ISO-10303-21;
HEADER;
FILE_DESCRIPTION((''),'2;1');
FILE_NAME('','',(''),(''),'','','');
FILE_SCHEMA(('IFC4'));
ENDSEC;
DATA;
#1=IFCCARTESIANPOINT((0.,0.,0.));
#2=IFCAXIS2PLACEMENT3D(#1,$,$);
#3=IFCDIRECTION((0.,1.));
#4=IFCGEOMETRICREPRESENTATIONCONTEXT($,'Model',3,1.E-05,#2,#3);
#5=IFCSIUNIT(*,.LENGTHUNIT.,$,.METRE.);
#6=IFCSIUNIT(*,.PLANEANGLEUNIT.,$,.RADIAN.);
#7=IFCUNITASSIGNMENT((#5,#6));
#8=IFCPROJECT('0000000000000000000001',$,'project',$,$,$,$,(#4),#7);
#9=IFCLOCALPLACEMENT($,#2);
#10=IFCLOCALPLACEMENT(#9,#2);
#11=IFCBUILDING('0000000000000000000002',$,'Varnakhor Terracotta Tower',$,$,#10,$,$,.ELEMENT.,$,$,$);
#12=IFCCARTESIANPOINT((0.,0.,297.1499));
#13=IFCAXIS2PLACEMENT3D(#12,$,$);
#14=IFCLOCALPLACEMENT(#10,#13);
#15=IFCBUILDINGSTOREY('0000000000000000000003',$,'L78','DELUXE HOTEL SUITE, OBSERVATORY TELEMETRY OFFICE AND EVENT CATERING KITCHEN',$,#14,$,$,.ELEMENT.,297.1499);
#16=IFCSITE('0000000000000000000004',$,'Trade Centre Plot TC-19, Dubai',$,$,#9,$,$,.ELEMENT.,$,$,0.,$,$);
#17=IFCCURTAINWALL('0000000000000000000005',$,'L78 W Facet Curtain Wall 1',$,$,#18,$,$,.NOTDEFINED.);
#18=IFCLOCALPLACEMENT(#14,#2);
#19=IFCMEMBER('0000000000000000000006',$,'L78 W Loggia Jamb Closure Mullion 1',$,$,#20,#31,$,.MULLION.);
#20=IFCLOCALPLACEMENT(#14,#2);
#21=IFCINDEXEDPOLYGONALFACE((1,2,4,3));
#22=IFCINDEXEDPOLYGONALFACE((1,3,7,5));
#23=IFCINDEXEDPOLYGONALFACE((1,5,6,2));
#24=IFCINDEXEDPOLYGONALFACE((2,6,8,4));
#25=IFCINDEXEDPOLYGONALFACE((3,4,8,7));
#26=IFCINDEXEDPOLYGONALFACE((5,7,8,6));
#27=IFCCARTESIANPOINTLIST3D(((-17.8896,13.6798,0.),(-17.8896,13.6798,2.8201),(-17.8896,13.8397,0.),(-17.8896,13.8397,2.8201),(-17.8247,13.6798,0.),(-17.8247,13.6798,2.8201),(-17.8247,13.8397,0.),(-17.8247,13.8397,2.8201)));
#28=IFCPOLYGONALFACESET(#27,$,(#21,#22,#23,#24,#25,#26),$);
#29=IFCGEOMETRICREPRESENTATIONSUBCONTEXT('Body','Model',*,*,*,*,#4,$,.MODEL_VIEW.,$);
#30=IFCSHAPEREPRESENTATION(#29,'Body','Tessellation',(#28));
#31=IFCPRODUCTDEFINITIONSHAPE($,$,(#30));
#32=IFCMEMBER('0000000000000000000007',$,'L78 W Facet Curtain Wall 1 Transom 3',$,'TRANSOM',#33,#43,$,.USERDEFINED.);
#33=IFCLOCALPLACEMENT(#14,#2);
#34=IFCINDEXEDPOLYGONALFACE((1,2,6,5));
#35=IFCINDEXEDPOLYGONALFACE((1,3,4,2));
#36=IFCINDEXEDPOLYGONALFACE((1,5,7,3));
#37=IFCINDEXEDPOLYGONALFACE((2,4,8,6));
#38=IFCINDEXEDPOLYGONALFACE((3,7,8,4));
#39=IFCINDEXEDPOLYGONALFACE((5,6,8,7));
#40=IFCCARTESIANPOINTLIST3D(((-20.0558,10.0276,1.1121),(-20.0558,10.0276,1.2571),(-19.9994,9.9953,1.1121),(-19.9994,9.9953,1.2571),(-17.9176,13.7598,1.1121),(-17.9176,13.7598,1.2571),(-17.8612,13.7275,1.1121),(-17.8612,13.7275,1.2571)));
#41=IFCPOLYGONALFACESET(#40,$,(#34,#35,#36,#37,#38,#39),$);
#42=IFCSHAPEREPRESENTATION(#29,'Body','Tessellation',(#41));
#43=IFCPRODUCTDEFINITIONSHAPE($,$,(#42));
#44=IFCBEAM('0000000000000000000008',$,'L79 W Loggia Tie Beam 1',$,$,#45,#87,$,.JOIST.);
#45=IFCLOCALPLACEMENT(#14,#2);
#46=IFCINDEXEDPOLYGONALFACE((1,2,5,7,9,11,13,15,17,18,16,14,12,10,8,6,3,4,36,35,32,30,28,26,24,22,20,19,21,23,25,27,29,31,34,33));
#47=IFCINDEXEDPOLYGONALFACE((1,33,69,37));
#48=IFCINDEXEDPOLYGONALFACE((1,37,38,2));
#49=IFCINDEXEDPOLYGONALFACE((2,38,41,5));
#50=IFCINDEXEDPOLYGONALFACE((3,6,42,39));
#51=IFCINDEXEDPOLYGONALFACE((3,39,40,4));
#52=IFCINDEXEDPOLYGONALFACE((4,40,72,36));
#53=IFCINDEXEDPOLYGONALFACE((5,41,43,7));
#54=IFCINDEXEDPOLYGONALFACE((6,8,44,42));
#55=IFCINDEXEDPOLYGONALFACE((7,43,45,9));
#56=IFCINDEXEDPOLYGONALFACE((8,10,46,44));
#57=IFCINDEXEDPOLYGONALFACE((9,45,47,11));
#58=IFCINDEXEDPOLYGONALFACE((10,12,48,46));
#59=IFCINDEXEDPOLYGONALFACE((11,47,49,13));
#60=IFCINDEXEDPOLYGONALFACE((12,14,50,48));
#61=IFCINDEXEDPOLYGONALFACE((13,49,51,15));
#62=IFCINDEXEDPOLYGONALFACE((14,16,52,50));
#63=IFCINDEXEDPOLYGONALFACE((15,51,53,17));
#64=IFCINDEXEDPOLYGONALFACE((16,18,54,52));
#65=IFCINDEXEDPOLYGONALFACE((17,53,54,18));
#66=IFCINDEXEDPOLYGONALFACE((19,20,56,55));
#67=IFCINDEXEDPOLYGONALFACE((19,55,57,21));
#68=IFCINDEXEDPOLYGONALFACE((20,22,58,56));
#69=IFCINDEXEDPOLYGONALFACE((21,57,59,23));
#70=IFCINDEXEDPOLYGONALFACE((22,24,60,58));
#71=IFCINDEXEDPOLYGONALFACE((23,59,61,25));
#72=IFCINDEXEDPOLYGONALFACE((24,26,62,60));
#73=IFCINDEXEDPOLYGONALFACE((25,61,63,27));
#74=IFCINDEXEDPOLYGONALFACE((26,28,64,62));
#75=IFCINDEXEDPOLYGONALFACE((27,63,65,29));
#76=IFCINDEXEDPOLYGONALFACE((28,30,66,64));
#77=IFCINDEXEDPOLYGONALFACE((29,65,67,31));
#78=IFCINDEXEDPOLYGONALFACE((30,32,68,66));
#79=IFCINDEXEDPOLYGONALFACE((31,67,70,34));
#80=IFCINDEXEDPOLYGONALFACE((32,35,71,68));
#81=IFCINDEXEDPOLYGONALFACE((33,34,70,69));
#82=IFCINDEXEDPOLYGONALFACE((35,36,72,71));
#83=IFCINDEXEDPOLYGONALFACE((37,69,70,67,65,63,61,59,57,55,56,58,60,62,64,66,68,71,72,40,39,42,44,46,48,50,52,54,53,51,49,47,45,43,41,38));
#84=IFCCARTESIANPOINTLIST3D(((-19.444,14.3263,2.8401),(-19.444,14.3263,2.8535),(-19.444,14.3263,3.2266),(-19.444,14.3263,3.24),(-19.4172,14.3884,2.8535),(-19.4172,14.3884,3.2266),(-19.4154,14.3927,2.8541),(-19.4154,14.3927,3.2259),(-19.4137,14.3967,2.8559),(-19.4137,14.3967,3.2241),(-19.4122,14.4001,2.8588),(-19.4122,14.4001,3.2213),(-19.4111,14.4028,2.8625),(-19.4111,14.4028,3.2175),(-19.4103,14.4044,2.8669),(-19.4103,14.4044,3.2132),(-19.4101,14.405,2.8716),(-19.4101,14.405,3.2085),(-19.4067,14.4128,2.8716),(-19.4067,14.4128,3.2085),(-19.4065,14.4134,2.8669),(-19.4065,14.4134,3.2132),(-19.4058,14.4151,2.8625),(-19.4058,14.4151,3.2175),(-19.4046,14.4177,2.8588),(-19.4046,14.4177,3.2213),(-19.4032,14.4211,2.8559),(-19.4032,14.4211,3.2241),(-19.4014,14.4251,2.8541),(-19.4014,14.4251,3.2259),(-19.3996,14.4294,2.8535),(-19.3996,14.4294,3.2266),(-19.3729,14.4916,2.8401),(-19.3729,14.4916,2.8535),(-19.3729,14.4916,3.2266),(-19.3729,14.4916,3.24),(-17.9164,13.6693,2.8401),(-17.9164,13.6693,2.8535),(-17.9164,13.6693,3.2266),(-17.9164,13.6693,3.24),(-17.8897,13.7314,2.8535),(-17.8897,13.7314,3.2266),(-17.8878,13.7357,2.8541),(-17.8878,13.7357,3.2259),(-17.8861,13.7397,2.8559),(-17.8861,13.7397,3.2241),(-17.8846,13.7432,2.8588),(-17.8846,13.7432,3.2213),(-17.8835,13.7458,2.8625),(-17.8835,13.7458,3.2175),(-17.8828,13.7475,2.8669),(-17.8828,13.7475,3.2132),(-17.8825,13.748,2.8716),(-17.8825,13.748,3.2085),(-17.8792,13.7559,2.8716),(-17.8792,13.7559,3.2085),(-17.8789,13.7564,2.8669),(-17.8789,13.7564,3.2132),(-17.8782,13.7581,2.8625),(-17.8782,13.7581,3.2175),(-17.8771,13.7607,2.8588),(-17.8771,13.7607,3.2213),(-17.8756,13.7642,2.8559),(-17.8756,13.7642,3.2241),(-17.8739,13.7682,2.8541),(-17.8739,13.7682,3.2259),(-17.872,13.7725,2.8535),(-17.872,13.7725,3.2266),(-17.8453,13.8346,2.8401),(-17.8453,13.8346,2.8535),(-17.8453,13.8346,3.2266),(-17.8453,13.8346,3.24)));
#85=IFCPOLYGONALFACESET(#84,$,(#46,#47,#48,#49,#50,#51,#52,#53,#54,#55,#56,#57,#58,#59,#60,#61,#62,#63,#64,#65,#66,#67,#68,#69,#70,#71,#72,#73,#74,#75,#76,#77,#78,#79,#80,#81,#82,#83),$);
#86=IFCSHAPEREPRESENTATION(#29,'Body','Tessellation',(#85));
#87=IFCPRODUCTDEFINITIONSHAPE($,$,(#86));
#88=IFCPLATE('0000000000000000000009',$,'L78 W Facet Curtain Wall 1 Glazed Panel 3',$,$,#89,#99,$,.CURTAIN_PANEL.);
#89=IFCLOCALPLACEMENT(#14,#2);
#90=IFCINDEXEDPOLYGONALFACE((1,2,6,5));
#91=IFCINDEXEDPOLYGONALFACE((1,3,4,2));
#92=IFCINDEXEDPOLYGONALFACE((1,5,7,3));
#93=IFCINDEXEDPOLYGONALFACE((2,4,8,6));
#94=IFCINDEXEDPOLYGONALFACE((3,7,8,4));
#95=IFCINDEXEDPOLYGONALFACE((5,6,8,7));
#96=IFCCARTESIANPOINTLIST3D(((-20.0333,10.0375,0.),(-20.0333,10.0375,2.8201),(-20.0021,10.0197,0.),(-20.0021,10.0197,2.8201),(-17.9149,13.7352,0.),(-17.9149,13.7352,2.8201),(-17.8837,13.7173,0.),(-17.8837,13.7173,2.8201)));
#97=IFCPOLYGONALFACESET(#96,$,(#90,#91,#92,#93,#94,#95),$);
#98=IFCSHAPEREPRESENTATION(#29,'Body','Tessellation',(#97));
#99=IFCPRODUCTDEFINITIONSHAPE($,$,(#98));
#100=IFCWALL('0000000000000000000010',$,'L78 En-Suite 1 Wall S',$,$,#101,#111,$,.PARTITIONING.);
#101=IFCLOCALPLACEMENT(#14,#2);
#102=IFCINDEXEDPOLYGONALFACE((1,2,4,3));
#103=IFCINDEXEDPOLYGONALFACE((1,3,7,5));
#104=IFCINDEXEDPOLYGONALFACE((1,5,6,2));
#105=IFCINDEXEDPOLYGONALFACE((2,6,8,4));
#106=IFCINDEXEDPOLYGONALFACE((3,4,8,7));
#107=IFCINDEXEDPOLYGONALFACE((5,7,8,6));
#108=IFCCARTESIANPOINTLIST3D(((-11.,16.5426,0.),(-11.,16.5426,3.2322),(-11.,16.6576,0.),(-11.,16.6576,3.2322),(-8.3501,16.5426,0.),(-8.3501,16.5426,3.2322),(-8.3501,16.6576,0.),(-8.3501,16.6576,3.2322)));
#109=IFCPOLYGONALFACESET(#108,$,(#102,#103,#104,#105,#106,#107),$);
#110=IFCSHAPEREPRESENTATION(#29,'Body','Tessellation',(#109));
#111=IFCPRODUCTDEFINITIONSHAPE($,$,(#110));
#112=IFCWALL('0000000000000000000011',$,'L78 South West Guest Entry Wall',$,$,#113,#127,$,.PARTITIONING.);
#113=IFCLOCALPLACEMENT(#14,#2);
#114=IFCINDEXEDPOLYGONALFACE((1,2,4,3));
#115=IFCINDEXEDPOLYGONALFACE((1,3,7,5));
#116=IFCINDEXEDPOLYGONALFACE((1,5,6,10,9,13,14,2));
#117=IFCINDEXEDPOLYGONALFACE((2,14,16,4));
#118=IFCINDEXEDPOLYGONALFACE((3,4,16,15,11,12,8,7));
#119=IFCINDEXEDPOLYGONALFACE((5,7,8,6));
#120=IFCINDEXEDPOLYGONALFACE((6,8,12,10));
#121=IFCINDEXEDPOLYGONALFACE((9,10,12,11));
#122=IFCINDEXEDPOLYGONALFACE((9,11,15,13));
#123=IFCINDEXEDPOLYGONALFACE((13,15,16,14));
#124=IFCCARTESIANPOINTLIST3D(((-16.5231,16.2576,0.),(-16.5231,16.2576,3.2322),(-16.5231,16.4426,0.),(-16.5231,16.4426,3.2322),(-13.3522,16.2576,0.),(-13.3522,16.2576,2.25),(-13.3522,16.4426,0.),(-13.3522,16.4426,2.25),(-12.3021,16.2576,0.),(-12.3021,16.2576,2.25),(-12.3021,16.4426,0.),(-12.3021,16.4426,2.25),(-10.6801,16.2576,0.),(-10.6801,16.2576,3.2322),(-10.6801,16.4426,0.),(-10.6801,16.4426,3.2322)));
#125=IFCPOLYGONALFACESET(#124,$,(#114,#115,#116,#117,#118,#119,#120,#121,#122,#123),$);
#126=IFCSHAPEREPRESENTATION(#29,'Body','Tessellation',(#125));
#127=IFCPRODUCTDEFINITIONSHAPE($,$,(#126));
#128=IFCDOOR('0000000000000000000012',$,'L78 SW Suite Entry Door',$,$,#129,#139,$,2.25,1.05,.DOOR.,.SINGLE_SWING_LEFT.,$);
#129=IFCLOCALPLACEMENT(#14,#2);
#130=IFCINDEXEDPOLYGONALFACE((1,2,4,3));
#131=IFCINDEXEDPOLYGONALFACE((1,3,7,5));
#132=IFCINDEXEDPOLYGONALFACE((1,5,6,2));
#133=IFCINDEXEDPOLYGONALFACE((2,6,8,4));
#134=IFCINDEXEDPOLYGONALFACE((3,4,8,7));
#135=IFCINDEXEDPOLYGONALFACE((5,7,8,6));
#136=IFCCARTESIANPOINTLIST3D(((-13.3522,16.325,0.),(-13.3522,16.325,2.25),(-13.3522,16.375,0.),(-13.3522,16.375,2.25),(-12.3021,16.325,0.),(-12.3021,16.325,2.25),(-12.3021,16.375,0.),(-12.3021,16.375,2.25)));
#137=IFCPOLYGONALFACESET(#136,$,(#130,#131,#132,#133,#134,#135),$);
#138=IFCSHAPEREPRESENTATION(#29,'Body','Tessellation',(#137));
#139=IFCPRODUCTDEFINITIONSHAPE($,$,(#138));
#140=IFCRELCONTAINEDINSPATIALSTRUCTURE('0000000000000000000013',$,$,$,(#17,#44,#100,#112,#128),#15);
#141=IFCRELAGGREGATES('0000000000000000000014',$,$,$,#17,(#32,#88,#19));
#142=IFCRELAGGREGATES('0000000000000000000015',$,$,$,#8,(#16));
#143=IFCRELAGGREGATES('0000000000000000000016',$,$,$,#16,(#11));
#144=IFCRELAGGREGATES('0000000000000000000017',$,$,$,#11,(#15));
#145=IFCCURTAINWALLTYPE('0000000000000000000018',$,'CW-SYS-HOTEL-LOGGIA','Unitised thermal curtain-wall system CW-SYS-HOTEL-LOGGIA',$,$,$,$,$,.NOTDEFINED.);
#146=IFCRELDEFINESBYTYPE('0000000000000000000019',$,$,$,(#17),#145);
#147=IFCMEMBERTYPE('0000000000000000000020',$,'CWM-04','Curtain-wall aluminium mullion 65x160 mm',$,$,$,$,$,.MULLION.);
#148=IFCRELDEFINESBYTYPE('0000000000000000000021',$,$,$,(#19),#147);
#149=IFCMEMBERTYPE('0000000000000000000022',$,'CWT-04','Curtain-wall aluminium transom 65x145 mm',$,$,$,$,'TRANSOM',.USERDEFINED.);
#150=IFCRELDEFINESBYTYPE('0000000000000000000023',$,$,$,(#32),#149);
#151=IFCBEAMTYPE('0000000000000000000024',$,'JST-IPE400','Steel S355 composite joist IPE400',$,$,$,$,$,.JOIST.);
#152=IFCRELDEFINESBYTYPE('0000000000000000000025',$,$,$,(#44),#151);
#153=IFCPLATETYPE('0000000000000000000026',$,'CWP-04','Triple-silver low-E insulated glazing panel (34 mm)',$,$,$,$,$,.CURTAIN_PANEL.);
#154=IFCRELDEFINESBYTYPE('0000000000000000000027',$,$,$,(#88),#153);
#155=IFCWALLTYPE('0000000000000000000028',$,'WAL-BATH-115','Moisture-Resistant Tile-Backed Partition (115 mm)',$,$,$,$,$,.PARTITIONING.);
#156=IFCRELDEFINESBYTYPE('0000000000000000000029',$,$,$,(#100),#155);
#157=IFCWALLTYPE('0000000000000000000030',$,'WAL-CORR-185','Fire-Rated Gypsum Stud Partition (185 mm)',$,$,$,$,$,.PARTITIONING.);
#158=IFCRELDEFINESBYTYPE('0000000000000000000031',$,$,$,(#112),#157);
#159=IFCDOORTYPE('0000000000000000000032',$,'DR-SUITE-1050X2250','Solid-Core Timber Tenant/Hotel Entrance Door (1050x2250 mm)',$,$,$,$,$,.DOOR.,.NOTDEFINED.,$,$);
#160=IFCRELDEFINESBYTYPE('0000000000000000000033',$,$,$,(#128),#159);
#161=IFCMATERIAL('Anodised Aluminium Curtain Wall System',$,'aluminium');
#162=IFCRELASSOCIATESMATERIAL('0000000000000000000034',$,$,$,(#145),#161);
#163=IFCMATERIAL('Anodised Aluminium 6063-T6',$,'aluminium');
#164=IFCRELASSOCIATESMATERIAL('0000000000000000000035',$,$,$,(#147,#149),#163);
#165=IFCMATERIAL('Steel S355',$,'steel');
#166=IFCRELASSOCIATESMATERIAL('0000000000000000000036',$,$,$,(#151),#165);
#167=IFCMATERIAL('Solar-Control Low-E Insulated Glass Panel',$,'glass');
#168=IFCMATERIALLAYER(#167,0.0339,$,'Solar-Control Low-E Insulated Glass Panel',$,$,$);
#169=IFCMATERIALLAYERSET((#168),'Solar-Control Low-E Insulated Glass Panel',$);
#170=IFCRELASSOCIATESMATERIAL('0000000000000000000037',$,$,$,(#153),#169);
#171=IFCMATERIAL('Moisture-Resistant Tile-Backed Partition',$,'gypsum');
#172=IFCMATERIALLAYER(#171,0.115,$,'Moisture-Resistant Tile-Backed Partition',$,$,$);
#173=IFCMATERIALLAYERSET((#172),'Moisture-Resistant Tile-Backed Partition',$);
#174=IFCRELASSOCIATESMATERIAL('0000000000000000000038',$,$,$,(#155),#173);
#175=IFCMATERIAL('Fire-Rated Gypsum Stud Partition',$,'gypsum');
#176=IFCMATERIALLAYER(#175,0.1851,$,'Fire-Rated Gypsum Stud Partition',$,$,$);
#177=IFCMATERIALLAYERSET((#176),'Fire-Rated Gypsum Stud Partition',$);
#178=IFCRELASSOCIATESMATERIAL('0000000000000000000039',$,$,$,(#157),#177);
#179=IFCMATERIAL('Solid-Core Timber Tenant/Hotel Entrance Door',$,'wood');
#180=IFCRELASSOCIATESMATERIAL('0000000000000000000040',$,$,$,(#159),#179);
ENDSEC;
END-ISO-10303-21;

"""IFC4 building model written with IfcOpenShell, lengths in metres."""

from ifc_helpers import new_model, si_unit, direction, frame, frame_2d, origin, origin_2d, place, context, subcontext, project, spatial, rectangle, i_section, extrude, source, transform, mapped, material, layer, layer_set, material_profile, profile_set, type_object, type_shapes, element, fill, aggregate, save


model = new_model("IFC4")

# Units and contexts
model_context = context("Model", 3, precision=1e-05, world=origin(), true_north=direction((0.0, 1.0)))
body_context = subcontext(model_context, "Body", "Model", "MODEL_VIEW")
ifc_project = project(units=[si_unit("LENGTHUNIT", "METRE"), si_unit("PLANEANGLEUNIT", "RADIAN")], contexts=[model_context])

# Site, building, storey
site_placement = place(None, origin())
site = spatial("IfcSite", under=ifc_project, at=site_placement, Name="Trade Centre Plot TC-19, Dubai", CompositionType="ELEMENT", RefElevation=0.0)
building_placement = place(site_placement, origin())
building = spatial("IfcBuilding", under=site, at=building_placement, Name="Varnakhor Terracotta Tower", CompositionType="ELEMENT")
storey_placement = place(building_placement, frame((0.0, 0.0, 297.1499)))
storey = spatial("IfcBuildingStorey", under=building, at=storey_placement, Name="L78", Description="DELUXE HOTEL SUITE, OBSERVATORY TELEMETRY OFFICE AND EVENT CATERING KITCHEN", CompositionType="ELEMENT", Elevation=297.1499)

# Shared definitions
ifc_material_1 = material(Name="Steel S355", Category="steel")

# Curtain wall, members
ifc_material_2 = material(Name="Anodised Aluminium Curtain Wall System", Category="aluminium")
curtain_wall_type = type_object("IfcCurtainWallType", Name="CW-SYS-HOTEL-LOGGIA", Description="Unitised thermal curtain-wall system CW-SYS-HOTEL-LOGGIA", PredefinedType="NOTDEFINED", material=ifc_material_2)
curtain_wall_placement = place(storey_placement, origin())
curtain_wall = element("IfcCurtainWall", 1, at=curtain_wall_placement, inside=storey, type_object=curtain_wall_type, Name="L78 W Facet Curtain Wall 1", PredefinedType="NOTDEFINED")
ifc_material_3 = material(Name="Anodised Aluminium 6063-T6", Category="aluminium")
ifc_material_profile_1 = material_profile(ifc_material_3, rectangle(XDim=0.0649, YDim=0.1599, at=origin_2d()), Name="ALU MULLION 65x160")
ifc_profile_set_1 = profile_set([ifc_material_profile_1], Name="Anodised Aluminium 6063-T6")
member_type_1 = type_object("IfcMemberType", Name="CWM-04", Description="Curtain-wall aluminium mullion 65x160 mm", PredefinedType="MULLION", material=ifc_profile_set_1)
shared_shape_1 = source(origin(), body_context, "Body", "SweptSolid", [
    extrude(rectangle(XDim=0.0649, YDim=0.1599, at=origin_2d()), origin(), (0.0, 0.0, 1.0), 2.8201),
])
type_shapes(member_type_1, [shared_shape_1])
member_1_placement = place(storey_placement, frame((-17.8572, 13.7598, 0.0), z_axis=(0.0, 0.0, 1.0), x_axis=(1.0, 0.0, 0.0)))
member_1 = element("IfcMember", 2, at=member_1_placement, type_object=member_type_1, Name="L78 W Loggia Jamb Closure Mullion 1", PredefinedType="MULLION", context=body_context, shape_type="MappedRepresentation", body=[
    mapped(shared_shape_1, transform((0.0, 0.0, 0.0), scale=1.0)),
])
ifc_material_profile_2 = material_profile(ifc_material_3, rectangle(XDim=0.0649, YDim=0.145, at=origin_2d()), Name="ALU TRANSOM 65x145")
ifc_profile_set_2 = profile_set([ifc_material_profile_2], Name="Anodised Aluminium 6063-T6")
member_type_2 = type_object("IfcMemberType", Name="CWT-04", Description="Curtain-wall aluminium transom 65x145 mm", ElementType="TRANSOM", PredefinedType="USERDEFINED", material=ifc_profile_set_2)
shared_shape_2 = source(origin(), body_context, "Body", "SweptSolid", [
    extrude(rectangle(XDim=0.0649, YDim=0.145, at=origin_2d()), origin(), (0.0, 0.0, 1.0), 4.3013),
])
member_2_placement = place(storey_placement, frame((-20.0276, 10.0115, 1.1846), z_axis=(0.497104, 0.867691, 0.0), x_axis=(-0.867691, 0.497104, 0.0)))
member_2 = element("IfcMember", 3, at=member_2_placement, type_object=member_type_2, Name="L78 W Facet Curtain Wall 1 Transom 3", ObjectType="TRANSOM", PredefinedType="USERDEFINED", context=body_context, shape_type="MappedRepresentation", body=[
    mapped(shared_shape_2, transform((0.0, 0.0, 0.0), scale=1.0)),
])

# Beam
ifc_material_profile_3 = material_profile(ifc_material_1, i_section(OverallWidth=0.1799, OverallDepth=0.3999, WebThickness=0.0085, FlangeThickness=0.0134, FilletRadius=0.0181, at=origin_2d()), Name="IPE400")
ifc_profile_set_3 = profile_set([ifc_material_profile_3], Name="Steel S355")
beam_type_1 = type_object("IfcBeamType", Name="JST-IPE400", Description="Steel S355 composite joist IPE400", PredefinedType="JOIST", material=ifc_profile_set_3)
shared_shape_3 = source(origin(), body_context, "Body", "SweptSolid", [
    extrude(i_section(OverallWidth=0.1799, OverallDepth=0.3999, WebThickness=0.0085, FlangeThickness=0.0134, FilletRadius=0.0181, at=origin_2d()), origin(), (0.0, 0.0, 1.0), 1.6628),
])
beam_1_placement = place(storey_placement, frame((-17.8809, 13.752, 3.04), z_axis=(-0.918643, 0.395088, 0.0), x_axis=(-0.395088, -0.918643, 0.0)))
element("IfcBeam", 4, at=beam_1_placement, inside=storey, type_object=beam_type_1, Name="L79 W Loggia Tie Beam 1", PredefinedType="JOIST", context=body_context, shape_type="MappedRepresentation", body=[
    mapped(shared_shape_3, transform((0.0, 0.0, 0.0), scale=1.0)),
])

# Plate
ifc_material_4 = material(Name="Solar-Control Low-E Insulated Glass Panel", Category="glass")
ifc_layer_1 = layer(ifc_material_4, 0.0339, Name="Solar-Control Low-E Insulated Glass Panel")
ifc_layer_set_1 = layer_set([ifc_layer_1], Name="Solar-Control Low-E Insulated Glass Panel")
plate_type = type_object("IfcPlateType", Name="CWP-04", Description="Triple-silver low-E insulated glazing panel (34 mm)", PredefinedType="CURTAIN_PANEL", material=ifc_layer_set_1)
shared_shape_4 = source(origin(), body_context, "Body", "SweptSolid", [
    extrude(rectangle(XDim=4.2615, YDim=0.0359, at=origin_2d()), origin(), (0.0, 0.0, 1.0), 2.8201),
])
plate_placement = place(storey_placement, frame((-18.9585, 11.8774, 0.0), z_axis=(0.0, 0.0, 1.0), x_axis=(0.49711, 0.867687, 0.0)))
plate = element("IfcPlate", 5, at=plate_placement, type_object=plate_type, Name="L78 W Facet Curtain Wall 1 Glazed Panel 3", PredefinedType="CURTAIN_PANEL", context=body_context, shape_type="MappedRepresentation", body=[
    mapped(shared_shape_4, transform((0.0, 0.0, 0.0), scale=1.0)),
])
aggregate(curtain_wall, [member_2, plate, member_1])

# Wall
ifc_material_5 = material(Name="Moisture-Resistant Tile-Backed Partition", Category="gypsum")
ifc_layer_2 = layer(ifc_material_5, 0.115, Name="Moisture-Resistant Tile-Backed Partition")
ifc_layer_set_2 = layer_set([ifc_layer_2], Name="Moisture-Resistant Tile-Backed Partition")
wall_type_1 = type_object("IfcWallType", Name="WAL-BATH-115", Description="Moisture-Resistant Tile-Backed Partition (115 mm)", PredefinedType="PARTITIONING", material=ifc_layer_set_2)
wall_1_placement = place(storey_placement, frame((-11.0, 16.6001, 0.0), z_axis=(0.0, 0.0, 1.0), x_axis=(1.0, 0.0, 0.0)))
element("IfcWall", 6, at=wall_1_placement, inside=storey, type_object=wall_type_1, Name="L78 En-Suite 1 Wall S", PredefinedType="PARTITIONING", context=body_context, shape_type="SweptSolid", body=[
    extrude(rectangle(XDim=2.6499, YDim=0.115, at=frame_2d((1.325, 0.0))), origin(), (0.0, 0.0, 1.0), 3.2322),
])

# Wall, opening, door
ifc_material_6 = material(Name="Fire-Rated Gypsum Stud Partition", Category="gypsum")
ifc_layer_3 = layer(ifc_material_6, 0.1851, Name="Fire-Rated Gypsum Stud Partition")
ifc_layer_set_3 = layer_set([ifc_layer_3], Name="Fire-Rated Gypsum Stud Partition")
wall_type_2 = type_object("IfcWallType", Name="WAL-CORR-185", Description="Fire-Rated Gypsum Stud Partition (185 mm)", PredefinedType="PARTITIONING", material=ifc_layer_set_3)
wall_2_placement = place(storey_placement, frame((-16.5229, 16.3501, 0.0), z_axis=(0.0, 0.0, 1.0), x_axis=(1.0, 0.0, 0.0)))
wall_2 = element("IfcWall", 7, at=wall_2_placement, inside=storey, type_object=wall_type_2, Name="L78 South West Guest Entry Wall", PredefinedType="PARTITIONING", context=body_context, shape_type="SweptSolid", body=[
    extrude(rectangle(XDim=5.843, YDim=0.1851, at=frame_2d((2.9214, 0.0))), origin(), (0.0, 0.0, 1.0), 3.2322),
])
opening_1_placement = place(wall_2_placement, frame((3.1709, 0.0, 0.0)))
opening_1 = element("IfcOpeningElement", 8, at=opening_1_placement, cuts=wall_2, PredefinedType="OPENING", context=body_context, shape_type="SweptSolid", body=[
    extrude(rectangle(XDim=1.05, YDim=2.25, at=frame_2d((0.5249, 1.125))), frame((0.0, 0.1025, 0.0), z_axis=(0.0, -1.0, 0.0), x_axis=(1.0, 0.0, 0.0)), (0.0, 0.0, 1.0), 0.2051),
])
ifc_material_7 = material(Name="Solid-Core Timber Tenant/Hotel Entrance Door", Category="wood")
door_type_1 = type_object("IfcDoorType", Name="DR-SUITE-1050X2250", Description="Solid-Core Timber Tenant/Hotel Entrance Door (1050x2250 mm)", OperationType="NOTDEFINED", PredefinedType="DOOR", material=ifc_material_7)
shared_shape_5 = source(origin(), body_context, "Body", "SweptSolid", [
    extrude(rectangle(XDim=1.05, YDim=2.25, at=frame_2d((0.5249, 1.125))), frame((0.0, 0.0249, 0.0), z_axis=(0.0, -1.0, 0.0), x_axis=(1.0, 0.0, 0.0)), (0.0, 0.0, 1.0), 0.05),
])
type_shapes(door_type_1, [shared_shape_5])
door_1_placement = place(opening_1_placement, origin())
door_1 = element("IfcDoor", 9, at=door_1_placement, inside=storey, type_object=door_type_1, Name="L78 SW Suite Entry Door", OperationType="SINGLE_SWING_LEFT", OverallHeight=2.25, OverallWidth=1.05, PredefinedType="DOOR", context=body_context, shape_type="MappedRepresentation", body=[
    mapped(shared_shape_5, transform((0.0, 0.0, 0.0), scale=1.0)),
])
fill(opening_1, door_1)

save(model, "model.ifc")
